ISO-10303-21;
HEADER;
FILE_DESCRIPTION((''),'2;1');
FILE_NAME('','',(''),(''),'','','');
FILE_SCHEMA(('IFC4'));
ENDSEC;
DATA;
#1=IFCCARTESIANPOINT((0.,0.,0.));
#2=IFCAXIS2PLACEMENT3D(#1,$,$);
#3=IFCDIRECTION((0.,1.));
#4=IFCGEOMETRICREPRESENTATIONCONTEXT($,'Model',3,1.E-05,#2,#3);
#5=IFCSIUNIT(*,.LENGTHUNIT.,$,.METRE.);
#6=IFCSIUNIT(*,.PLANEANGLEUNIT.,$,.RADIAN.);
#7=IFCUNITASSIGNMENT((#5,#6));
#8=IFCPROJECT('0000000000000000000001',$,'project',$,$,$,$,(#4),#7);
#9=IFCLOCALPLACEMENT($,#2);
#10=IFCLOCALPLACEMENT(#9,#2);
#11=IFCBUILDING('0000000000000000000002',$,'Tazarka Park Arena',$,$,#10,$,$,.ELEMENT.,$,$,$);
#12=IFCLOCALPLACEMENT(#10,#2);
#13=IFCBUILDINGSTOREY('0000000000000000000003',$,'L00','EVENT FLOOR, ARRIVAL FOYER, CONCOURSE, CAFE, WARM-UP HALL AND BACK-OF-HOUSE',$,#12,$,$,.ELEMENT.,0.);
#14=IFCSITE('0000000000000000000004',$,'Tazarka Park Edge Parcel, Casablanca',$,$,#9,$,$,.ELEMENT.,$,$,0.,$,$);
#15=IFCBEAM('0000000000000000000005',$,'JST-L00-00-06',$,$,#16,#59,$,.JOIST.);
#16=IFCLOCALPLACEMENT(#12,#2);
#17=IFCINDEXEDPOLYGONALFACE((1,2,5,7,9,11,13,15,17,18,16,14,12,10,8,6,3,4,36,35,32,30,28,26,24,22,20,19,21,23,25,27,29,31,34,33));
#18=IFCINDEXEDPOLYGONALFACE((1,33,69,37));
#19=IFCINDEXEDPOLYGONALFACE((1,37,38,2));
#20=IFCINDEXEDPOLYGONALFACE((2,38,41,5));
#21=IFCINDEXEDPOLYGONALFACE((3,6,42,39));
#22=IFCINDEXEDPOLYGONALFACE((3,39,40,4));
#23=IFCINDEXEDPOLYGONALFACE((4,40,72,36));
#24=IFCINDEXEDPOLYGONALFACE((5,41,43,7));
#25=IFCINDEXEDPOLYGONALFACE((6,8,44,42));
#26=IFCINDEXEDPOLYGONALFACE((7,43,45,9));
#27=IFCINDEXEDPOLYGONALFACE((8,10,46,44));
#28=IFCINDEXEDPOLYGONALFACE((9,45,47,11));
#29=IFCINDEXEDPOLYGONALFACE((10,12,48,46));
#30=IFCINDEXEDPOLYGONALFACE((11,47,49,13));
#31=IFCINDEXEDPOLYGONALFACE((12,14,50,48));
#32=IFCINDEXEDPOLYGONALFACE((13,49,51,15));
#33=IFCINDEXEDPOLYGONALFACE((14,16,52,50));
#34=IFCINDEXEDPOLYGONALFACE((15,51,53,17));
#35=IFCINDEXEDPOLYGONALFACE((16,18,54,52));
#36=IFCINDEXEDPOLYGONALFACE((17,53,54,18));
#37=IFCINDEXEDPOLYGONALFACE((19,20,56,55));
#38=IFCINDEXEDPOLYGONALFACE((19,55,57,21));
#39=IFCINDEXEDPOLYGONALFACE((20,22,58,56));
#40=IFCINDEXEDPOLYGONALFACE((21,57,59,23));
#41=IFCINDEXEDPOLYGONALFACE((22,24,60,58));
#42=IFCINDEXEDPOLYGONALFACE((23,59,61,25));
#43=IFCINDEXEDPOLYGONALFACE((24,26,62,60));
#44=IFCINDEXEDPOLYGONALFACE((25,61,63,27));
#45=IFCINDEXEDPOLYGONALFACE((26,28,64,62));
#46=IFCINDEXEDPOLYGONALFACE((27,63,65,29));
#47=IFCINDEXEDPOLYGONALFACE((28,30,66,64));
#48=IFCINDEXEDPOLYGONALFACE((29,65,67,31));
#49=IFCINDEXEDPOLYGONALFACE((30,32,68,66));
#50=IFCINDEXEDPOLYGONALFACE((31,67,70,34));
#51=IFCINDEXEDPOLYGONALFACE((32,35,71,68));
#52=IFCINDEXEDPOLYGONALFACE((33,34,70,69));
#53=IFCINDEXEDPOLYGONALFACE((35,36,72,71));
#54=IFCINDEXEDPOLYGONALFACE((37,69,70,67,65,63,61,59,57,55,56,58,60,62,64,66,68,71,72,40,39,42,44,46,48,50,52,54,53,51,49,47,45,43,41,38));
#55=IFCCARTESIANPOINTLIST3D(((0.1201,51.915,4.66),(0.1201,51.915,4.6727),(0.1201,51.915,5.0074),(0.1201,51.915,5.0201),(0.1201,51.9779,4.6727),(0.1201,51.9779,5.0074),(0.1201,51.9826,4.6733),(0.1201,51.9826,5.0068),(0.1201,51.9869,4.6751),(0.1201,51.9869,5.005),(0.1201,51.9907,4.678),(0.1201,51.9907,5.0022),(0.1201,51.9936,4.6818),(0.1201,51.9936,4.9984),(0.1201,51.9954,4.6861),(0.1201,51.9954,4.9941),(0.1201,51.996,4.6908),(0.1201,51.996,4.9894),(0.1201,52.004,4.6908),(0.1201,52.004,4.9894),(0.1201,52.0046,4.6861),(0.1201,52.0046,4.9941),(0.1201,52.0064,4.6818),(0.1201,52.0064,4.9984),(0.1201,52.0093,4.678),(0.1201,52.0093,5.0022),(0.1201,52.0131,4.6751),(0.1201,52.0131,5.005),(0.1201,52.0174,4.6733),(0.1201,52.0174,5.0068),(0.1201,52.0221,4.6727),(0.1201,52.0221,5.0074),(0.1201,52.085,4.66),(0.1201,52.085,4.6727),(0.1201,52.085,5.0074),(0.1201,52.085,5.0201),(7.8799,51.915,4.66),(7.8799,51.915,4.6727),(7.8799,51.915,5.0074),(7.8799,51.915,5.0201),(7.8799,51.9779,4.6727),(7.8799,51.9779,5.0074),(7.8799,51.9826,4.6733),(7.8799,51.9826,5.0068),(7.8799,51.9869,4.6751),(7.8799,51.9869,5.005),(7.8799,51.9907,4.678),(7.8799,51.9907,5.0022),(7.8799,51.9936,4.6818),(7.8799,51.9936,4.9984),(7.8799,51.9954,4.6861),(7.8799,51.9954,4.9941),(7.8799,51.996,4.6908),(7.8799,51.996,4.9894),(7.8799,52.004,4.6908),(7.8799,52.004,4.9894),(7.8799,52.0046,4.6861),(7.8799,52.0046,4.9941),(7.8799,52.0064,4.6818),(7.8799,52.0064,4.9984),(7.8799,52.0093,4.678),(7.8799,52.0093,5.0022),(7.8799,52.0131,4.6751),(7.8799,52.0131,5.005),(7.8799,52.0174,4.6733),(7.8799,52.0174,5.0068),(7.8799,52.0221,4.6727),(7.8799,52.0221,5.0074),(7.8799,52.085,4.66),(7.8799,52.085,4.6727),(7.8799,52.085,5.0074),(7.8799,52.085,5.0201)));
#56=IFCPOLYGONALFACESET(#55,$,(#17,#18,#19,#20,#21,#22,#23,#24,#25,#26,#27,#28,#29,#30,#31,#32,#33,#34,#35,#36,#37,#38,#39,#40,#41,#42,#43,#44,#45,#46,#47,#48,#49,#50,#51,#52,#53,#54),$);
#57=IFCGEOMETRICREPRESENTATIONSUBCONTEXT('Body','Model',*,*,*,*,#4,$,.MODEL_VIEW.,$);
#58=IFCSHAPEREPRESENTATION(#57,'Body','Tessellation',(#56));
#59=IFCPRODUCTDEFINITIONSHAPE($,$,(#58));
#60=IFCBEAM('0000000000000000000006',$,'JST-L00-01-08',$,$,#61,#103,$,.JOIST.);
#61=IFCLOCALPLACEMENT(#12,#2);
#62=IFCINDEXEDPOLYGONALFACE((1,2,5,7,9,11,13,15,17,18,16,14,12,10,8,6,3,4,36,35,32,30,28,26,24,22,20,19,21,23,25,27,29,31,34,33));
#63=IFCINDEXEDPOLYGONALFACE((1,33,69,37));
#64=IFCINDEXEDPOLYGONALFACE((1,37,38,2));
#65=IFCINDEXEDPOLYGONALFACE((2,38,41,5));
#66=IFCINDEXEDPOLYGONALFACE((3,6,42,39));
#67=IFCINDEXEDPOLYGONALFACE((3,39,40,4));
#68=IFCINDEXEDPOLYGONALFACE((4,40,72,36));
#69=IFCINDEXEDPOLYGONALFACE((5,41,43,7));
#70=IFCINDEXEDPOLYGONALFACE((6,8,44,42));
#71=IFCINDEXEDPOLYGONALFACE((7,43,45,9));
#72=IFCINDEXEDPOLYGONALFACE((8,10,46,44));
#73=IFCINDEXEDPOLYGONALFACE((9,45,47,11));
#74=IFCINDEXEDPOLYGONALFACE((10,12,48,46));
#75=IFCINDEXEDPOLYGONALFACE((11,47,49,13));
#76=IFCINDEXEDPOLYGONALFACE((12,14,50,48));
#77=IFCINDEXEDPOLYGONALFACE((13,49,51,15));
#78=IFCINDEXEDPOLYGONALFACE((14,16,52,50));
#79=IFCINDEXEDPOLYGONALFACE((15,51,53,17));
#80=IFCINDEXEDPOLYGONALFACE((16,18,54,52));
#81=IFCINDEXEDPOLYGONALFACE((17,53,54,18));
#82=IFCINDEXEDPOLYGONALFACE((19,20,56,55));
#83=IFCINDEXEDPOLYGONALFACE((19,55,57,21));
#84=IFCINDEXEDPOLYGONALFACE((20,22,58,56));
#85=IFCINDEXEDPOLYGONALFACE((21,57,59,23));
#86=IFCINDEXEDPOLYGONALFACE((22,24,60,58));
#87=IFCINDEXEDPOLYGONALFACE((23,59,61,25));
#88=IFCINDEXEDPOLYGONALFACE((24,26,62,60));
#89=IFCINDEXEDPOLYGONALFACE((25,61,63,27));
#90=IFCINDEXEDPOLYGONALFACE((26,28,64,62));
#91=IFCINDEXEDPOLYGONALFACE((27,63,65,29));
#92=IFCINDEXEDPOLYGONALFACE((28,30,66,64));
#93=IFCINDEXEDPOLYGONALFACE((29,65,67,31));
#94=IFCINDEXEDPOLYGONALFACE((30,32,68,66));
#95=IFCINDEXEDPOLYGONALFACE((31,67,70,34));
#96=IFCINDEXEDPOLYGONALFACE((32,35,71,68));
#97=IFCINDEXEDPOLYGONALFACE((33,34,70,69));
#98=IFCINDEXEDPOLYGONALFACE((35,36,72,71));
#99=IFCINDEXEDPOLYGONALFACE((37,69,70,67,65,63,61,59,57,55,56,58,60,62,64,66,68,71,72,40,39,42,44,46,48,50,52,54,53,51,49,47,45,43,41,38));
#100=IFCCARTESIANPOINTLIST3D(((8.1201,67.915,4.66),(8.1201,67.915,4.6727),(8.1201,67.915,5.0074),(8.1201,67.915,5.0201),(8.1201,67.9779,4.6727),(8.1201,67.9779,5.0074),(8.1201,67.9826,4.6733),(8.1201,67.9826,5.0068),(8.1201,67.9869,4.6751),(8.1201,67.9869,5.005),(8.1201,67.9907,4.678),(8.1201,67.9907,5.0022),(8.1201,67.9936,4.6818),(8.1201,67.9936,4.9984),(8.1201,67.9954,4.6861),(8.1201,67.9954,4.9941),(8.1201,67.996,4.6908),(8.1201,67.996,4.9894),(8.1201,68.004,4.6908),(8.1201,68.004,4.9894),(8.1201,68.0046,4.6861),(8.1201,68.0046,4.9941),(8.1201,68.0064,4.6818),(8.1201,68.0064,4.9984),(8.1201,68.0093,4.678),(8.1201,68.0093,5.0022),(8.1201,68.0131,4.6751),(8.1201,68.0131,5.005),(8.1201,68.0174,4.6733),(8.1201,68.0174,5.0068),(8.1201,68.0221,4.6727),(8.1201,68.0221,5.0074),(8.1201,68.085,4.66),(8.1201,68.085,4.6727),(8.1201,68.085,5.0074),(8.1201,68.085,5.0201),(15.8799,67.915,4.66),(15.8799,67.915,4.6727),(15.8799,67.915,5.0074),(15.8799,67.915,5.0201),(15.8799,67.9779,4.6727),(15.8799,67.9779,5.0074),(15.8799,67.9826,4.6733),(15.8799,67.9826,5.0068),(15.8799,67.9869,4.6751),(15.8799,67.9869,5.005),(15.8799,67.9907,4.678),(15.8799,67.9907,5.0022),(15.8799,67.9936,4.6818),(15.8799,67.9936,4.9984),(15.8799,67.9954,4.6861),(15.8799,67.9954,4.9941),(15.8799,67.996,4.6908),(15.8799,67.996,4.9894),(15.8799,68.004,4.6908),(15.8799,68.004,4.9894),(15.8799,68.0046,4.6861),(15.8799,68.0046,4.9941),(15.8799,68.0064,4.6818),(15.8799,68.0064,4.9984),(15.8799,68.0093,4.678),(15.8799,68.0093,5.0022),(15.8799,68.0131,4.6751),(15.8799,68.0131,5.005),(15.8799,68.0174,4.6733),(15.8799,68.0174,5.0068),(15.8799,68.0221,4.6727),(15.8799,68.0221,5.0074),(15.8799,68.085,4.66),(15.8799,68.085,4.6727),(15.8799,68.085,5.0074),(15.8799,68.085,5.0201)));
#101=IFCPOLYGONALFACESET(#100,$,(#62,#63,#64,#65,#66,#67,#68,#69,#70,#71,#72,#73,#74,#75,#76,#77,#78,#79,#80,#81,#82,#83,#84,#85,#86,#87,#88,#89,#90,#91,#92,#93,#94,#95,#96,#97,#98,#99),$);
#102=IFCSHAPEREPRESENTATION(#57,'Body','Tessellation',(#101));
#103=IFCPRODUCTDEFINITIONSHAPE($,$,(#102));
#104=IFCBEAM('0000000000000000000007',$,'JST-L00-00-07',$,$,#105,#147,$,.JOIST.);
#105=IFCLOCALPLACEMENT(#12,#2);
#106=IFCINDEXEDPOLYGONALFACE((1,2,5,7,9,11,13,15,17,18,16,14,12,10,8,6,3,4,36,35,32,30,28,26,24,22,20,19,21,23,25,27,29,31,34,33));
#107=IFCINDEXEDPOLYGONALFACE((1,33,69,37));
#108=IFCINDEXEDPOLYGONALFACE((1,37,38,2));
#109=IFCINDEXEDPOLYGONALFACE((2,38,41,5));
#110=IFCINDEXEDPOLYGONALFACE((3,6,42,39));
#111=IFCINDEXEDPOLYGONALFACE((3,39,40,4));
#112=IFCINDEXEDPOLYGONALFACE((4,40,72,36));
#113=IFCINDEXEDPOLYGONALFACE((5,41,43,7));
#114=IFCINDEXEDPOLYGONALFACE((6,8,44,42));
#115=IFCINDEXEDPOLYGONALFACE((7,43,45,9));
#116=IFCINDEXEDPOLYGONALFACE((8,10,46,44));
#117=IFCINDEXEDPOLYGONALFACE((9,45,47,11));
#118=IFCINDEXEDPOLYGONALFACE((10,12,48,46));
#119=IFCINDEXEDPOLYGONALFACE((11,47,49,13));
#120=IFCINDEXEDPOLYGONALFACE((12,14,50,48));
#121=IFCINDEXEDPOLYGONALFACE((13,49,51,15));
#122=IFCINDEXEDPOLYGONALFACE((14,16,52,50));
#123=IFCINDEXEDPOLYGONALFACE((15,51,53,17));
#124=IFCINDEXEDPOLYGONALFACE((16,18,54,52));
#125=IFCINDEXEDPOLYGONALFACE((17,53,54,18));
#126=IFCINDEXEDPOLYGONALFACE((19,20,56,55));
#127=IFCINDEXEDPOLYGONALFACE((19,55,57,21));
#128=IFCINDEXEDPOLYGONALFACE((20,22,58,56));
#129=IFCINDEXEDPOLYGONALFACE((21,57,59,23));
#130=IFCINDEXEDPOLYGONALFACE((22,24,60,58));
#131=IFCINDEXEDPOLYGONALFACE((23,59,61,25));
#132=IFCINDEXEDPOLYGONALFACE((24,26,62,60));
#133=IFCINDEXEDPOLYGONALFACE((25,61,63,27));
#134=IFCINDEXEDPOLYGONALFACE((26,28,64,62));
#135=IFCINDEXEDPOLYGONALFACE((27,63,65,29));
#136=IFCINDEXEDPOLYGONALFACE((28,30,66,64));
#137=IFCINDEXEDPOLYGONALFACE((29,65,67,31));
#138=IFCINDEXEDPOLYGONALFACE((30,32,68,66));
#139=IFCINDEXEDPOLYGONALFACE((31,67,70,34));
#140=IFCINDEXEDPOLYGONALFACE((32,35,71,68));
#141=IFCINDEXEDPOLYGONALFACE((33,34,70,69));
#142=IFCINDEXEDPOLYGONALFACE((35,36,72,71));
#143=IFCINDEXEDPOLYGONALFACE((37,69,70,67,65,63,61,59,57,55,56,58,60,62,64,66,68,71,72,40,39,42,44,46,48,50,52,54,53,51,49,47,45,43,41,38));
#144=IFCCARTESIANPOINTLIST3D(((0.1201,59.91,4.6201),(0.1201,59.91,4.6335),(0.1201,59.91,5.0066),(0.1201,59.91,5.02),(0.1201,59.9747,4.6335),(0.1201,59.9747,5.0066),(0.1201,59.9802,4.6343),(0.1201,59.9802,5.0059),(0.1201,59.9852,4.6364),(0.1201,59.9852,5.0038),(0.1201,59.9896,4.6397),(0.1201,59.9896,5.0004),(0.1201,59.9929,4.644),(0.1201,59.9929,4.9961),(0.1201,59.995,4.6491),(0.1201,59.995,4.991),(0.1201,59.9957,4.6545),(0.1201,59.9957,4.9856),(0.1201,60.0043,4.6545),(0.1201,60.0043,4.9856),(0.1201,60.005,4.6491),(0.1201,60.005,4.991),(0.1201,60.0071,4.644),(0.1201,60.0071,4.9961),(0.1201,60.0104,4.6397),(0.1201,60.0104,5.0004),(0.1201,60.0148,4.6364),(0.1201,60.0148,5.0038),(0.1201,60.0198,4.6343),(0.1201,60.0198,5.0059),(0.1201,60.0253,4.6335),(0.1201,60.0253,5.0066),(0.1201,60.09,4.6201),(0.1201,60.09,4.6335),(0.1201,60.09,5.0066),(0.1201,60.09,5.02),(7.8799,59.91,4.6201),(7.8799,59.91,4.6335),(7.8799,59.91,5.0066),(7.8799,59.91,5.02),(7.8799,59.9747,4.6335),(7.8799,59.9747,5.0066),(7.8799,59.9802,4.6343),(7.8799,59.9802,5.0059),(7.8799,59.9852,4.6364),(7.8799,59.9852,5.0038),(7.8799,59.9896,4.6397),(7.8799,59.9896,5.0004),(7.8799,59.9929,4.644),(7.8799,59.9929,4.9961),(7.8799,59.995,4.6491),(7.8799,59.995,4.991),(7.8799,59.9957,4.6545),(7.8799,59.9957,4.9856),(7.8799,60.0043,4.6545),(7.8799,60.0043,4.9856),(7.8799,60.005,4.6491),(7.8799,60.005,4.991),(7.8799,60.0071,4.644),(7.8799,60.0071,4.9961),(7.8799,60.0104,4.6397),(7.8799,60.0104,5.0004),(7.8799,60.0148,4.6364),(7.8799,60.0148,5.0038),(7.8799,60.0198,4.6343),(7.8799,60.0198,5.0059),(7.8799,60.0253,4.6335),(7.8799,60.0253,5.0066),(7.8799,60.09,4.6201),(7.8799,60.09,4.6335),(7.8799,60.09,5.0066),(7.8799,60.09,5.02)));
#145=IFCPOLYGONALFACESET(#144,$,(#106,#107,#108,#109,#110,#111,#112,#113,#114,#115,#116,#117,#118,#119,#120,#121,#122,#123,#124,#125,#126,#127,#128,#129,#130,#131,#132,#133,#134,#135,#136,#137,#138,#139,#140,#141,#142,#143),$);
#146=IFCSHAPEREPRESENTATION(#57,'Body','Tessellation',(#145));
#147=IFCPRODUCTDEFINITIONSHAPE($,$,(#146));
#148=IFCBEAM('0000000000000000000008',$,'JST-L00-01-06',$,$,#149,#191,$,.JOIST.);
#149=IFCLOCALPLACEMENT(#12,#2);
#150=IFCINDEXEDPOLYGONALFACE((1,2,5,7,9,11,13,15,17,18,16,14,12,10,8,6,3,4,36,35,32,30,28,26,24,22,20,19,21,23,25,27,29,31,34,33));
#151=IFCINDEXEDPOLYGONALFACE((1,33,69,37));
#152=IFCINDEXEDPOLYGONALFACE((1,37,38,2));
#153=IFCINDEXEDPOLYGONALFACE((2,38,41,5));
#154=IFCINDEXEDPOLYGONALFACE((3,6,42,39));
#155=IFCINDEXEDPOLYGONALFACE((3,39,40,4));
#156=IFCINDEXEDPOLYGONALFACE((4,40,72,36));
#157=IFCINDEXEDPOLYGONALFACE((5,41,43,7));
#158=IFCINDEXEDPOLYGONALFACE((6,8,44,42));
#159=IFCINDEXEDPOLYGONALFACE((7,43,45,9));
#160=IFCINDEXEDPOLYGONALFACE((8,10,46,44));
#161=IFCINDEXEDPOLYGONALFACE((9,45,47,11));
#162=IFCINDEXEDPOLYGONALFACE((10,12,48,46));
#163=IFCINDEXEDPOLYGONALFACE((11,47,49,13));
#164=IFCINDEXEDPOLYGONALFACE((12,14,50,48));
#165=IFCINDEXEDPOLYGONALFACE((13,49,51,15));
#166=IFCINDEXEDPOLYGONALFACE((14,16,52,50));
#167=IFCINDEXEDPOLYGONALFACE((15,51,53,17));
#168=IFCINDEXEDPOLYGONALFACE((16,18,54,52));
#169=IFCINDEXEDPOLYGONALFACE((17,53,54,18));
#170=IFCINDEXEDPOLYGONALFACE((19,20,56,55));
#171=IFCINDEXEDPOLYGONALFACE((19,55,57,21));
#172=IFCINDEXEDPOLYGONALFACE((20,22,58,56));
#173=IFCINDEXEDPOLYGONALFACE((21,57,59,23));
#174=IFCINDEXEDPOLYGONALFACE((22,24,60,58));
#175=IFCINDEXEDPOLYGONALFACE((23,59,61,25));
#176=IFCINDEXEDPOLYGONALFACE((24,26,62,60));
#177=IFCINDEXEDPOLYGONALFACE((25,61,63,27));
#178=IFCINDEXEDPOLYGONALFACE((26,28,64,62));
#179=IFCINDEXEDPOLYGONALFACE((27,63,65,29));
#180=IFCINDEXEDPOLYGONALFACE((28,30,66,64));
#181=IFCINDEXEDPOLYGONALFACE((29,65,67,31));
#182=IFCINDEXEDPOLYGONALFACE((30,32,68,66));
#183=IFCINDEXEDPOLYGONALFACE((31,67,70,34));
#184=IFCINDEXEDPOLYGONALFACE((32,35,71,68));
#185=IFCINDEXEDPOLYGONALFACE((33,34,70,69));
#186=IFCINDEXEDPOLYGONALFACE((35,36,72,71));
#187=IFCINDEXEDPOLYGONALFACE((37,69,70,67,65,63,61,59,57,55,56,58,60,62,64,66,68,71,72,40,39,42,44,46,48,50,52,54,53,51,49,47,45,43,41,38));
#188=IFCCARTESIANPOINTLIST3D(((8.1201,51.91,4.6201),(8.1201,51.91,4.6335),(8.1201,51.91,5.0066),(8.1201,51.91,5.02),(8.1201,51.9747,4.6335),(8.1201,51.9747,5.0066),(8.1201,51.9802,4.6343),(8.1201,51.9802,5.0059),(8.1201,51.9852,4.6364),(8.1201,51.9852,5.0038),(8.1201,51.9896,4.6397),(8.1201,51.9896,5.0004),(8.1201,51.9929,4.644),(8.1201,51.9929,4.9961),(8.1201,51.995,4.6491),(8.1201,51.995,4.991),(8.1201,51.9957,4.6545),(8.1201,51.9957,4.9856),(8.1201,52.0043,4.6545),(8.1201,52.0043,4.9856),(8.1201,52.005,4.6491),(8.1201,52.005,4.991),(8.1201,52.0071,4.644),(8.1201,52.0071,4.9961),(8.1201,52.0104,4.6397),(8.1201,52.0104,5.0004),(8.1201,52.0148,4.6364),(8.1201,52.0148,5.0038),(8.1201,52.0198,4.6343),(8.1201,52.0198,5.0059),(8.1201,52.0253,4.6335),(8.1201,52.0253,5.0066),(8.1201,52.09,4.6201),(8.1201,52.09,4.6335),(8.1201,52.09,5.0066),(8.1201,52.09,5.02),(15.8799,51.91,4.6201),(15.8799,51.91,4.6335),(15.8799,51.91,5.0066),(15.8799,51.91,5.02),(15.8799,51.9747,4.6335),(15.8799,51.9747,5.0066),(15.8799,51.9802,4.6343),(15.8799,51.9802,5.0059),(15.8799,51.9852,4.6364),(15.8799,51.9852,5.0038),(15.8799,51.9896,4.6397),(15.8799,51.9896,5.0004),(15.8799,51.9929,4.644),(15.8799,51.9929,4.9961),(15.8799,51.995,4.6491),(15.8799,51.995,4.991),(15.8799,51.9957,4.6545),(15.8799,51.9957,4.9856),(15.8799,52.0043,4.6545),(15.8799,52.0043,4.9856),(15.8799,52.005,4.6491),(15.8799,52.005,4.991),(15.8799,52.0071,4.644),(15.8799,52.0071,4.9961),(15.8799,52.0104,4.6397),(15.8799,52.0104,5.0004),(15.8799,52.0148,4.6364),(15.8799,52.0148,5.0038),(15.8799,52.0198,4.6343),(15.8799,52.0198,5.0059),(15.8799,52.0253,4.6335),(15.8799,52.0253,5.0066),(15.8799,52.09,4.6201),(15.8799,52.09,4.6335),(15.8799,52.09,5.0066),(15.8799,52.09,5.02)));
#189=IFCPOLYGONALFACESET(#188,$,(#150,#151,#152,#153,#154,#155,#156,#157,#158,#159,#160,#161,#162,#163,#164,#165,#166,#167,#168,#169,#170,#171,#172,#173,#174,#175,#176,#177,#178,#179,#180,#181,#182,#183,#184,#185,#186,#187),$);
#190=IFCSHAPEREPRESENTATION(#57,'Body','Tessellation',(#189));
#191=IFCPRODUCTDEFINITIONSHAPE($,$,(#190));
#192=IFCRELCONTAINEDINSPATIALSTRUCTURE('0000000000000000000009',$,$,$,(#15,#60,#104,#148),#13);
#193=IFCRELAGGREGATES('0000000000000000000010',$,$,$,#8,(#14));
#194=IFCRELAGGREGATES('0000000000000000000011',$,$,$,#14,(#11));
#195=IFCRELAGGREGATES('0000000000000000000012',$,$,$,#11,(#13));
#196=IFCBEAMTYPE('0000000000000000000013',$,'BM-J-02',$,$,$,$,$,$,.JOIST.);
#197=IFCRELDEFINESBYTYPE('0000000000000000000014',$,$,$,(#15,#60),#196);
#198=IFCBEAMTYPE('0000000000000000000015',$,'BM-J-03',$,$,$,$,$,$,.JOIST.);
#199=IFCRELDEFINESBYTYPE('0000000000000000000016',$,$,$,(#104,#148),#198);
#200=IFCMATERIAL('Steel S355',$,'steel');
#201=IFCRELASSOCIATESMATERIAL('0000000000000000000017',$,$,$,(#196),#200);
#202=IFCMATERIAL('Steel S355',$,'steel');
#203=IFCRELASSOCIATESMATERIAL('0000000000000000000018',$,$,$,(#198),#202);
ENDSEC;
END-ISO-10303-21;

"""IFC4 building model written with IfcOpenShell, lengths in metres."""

from ifc_helpers import new_model, si_unit, direction, frame, origin, origin_2d, place, context, subcontext, project, spatial, i_section, extrude, material, material_profile, profile_set, type_object, element, save


model = new_model("IFC4")

# Units and contexts
model_context = context("Model", 3, precision=1e-05, world=origin(), true_north=direction((0.0, 1.0)))
body_context = subcontext(model_context, "Body", "Model", "MODEL_VIEW")
ifc_project = project(units=[si_unit("LENGTHUNIT", "METRE"), si_unit("PLANEANGLEUNIT", "RADIAN")], contexts=[model_context])

# Site, building, storey
site_placement = place(None, origin())
site = spatial("IfcSite", under=ifc_project, at=site_placement, Name="Tazarka Park Edge Parcel, Casablanca", CompositionType="ELEMENT", RefElevation=0.0)
building_placement = place(site_placement, origin())
building = spatial("IfcBuilding", under=site, at=building_placement, Name="Tazarka Park Arena", CompositionType="ELEMENT")
storey_placement = place(building_placement, origin())
storey = spatial("IfcBuildingStorey", under=building, at=storey_placement, Name="L00", Description="EVENT FLOOR, ARRIVAL FOYER, CONCOURSE, CAFE, WARM-UP HALL AND BACK-OF-HOUSE", CompositionType="ELEMENT", Elevation=0.0)

# Beams
ifc_material_1 = material(Name="Steel S355", Category="steel")
ifc_material_profile_1 = material_profile(ifc_material_1, i_section(OverallWidth=0.1699, OverallDepth=0.3601, WebThickness=0.0081, FlangeThickness=0.0127, FilletRadius=0.0181, at=origin_2d()), Name="Steel S355")
ifc_profile_set_1 = profile_set([ifc_material_profile_1], Name="Steel S355")
beam_type_1 = type_object("IfcBeamType", Name="BM-J-02", PredefinedType="JOIST", material=ifc_profile_set_1)
for number, where, z_axis, x_axis, name in (
    (1, (0.1201, 52.0, 4.8401), (1.0, 0.0, 0.0), (0.0, 1.0, 0.0), "JST-L00-00-06"),
    (2, (8.1201, 68.0, 4.8401), (1.0, 0.0, 0.0), (0.0, 1.0, 0.0), "JST-L00-01-08"),
):
    element("IfcBeam", number, at=place(storey_placement, frame(where, z_axis=z_axis, x_axis=x_axis)), inside=storey, type_object=beam_type_1, Name=name, PredefinedType="JOIST", context=body_context, shape_type="SweptSolid", body=[
        extrude(i_section(OverallWidth=0.1699, OverallDepth=0.3601, WebThickness=0.0081, FlangeThickness=0.0127, FilletRadius=0.0181, at=origin_2d()), origin(), (0.0, 0.0, 1.0), 7.7598),
    ])
ifc_material_2 = material(Name="Steel S355", Category="steel")
ifc_material_profile_2 = material_profile(ifc_material_2, i_section(OverallWidth=0.1799, OverallDepth=0.3999, WebThickness=0.0085, FlangeThickness=0.0134, FilletRadius=0.021, at=origin_2d()), Name="Steel S355")
ifc_profile_set_2 = profile_set([ifc_material_profile_2], Name="Steel S355")
beam_type_2 = type_object("IfcBeamType", Name="BM-J-03", PredefinedType="JOIST", material=ifc_profile_set_2)
for number, where, z_axis, x_axis, name in (
    (3, (0.1201, 60.0, 4.8201), (1.0, 0.0, 0.0), (0.0, 1.0, 0.0), "JST-L00-00-07"),
    (4, (8.1201, 52.0, 4.8201), (1.0, 0.0, 0.0), (0.0, 1.0, 0.0), "JST-L00-01-06"),
):
    element("IfcBeam", number, at=place(storey_placement, frame(where, z_axis=z_axis, x_axis=x_axis)), inside=storey, type_object=beam_type_2, Name=name, PredefinedType="JOIST", context=body_context, shape_type="SweptSolid", body=[
        extrude(i_section(OverallWidth=0.1799, OverallDepth=0.3999, WebThickness=0.0085, FlangeThickness=0.0134, FilletRadius=0.021, at=origin_2d()), origin(), (0.0, 0.0, 1.0), 7.7598),
    ])

save(model, "model.ifc")
